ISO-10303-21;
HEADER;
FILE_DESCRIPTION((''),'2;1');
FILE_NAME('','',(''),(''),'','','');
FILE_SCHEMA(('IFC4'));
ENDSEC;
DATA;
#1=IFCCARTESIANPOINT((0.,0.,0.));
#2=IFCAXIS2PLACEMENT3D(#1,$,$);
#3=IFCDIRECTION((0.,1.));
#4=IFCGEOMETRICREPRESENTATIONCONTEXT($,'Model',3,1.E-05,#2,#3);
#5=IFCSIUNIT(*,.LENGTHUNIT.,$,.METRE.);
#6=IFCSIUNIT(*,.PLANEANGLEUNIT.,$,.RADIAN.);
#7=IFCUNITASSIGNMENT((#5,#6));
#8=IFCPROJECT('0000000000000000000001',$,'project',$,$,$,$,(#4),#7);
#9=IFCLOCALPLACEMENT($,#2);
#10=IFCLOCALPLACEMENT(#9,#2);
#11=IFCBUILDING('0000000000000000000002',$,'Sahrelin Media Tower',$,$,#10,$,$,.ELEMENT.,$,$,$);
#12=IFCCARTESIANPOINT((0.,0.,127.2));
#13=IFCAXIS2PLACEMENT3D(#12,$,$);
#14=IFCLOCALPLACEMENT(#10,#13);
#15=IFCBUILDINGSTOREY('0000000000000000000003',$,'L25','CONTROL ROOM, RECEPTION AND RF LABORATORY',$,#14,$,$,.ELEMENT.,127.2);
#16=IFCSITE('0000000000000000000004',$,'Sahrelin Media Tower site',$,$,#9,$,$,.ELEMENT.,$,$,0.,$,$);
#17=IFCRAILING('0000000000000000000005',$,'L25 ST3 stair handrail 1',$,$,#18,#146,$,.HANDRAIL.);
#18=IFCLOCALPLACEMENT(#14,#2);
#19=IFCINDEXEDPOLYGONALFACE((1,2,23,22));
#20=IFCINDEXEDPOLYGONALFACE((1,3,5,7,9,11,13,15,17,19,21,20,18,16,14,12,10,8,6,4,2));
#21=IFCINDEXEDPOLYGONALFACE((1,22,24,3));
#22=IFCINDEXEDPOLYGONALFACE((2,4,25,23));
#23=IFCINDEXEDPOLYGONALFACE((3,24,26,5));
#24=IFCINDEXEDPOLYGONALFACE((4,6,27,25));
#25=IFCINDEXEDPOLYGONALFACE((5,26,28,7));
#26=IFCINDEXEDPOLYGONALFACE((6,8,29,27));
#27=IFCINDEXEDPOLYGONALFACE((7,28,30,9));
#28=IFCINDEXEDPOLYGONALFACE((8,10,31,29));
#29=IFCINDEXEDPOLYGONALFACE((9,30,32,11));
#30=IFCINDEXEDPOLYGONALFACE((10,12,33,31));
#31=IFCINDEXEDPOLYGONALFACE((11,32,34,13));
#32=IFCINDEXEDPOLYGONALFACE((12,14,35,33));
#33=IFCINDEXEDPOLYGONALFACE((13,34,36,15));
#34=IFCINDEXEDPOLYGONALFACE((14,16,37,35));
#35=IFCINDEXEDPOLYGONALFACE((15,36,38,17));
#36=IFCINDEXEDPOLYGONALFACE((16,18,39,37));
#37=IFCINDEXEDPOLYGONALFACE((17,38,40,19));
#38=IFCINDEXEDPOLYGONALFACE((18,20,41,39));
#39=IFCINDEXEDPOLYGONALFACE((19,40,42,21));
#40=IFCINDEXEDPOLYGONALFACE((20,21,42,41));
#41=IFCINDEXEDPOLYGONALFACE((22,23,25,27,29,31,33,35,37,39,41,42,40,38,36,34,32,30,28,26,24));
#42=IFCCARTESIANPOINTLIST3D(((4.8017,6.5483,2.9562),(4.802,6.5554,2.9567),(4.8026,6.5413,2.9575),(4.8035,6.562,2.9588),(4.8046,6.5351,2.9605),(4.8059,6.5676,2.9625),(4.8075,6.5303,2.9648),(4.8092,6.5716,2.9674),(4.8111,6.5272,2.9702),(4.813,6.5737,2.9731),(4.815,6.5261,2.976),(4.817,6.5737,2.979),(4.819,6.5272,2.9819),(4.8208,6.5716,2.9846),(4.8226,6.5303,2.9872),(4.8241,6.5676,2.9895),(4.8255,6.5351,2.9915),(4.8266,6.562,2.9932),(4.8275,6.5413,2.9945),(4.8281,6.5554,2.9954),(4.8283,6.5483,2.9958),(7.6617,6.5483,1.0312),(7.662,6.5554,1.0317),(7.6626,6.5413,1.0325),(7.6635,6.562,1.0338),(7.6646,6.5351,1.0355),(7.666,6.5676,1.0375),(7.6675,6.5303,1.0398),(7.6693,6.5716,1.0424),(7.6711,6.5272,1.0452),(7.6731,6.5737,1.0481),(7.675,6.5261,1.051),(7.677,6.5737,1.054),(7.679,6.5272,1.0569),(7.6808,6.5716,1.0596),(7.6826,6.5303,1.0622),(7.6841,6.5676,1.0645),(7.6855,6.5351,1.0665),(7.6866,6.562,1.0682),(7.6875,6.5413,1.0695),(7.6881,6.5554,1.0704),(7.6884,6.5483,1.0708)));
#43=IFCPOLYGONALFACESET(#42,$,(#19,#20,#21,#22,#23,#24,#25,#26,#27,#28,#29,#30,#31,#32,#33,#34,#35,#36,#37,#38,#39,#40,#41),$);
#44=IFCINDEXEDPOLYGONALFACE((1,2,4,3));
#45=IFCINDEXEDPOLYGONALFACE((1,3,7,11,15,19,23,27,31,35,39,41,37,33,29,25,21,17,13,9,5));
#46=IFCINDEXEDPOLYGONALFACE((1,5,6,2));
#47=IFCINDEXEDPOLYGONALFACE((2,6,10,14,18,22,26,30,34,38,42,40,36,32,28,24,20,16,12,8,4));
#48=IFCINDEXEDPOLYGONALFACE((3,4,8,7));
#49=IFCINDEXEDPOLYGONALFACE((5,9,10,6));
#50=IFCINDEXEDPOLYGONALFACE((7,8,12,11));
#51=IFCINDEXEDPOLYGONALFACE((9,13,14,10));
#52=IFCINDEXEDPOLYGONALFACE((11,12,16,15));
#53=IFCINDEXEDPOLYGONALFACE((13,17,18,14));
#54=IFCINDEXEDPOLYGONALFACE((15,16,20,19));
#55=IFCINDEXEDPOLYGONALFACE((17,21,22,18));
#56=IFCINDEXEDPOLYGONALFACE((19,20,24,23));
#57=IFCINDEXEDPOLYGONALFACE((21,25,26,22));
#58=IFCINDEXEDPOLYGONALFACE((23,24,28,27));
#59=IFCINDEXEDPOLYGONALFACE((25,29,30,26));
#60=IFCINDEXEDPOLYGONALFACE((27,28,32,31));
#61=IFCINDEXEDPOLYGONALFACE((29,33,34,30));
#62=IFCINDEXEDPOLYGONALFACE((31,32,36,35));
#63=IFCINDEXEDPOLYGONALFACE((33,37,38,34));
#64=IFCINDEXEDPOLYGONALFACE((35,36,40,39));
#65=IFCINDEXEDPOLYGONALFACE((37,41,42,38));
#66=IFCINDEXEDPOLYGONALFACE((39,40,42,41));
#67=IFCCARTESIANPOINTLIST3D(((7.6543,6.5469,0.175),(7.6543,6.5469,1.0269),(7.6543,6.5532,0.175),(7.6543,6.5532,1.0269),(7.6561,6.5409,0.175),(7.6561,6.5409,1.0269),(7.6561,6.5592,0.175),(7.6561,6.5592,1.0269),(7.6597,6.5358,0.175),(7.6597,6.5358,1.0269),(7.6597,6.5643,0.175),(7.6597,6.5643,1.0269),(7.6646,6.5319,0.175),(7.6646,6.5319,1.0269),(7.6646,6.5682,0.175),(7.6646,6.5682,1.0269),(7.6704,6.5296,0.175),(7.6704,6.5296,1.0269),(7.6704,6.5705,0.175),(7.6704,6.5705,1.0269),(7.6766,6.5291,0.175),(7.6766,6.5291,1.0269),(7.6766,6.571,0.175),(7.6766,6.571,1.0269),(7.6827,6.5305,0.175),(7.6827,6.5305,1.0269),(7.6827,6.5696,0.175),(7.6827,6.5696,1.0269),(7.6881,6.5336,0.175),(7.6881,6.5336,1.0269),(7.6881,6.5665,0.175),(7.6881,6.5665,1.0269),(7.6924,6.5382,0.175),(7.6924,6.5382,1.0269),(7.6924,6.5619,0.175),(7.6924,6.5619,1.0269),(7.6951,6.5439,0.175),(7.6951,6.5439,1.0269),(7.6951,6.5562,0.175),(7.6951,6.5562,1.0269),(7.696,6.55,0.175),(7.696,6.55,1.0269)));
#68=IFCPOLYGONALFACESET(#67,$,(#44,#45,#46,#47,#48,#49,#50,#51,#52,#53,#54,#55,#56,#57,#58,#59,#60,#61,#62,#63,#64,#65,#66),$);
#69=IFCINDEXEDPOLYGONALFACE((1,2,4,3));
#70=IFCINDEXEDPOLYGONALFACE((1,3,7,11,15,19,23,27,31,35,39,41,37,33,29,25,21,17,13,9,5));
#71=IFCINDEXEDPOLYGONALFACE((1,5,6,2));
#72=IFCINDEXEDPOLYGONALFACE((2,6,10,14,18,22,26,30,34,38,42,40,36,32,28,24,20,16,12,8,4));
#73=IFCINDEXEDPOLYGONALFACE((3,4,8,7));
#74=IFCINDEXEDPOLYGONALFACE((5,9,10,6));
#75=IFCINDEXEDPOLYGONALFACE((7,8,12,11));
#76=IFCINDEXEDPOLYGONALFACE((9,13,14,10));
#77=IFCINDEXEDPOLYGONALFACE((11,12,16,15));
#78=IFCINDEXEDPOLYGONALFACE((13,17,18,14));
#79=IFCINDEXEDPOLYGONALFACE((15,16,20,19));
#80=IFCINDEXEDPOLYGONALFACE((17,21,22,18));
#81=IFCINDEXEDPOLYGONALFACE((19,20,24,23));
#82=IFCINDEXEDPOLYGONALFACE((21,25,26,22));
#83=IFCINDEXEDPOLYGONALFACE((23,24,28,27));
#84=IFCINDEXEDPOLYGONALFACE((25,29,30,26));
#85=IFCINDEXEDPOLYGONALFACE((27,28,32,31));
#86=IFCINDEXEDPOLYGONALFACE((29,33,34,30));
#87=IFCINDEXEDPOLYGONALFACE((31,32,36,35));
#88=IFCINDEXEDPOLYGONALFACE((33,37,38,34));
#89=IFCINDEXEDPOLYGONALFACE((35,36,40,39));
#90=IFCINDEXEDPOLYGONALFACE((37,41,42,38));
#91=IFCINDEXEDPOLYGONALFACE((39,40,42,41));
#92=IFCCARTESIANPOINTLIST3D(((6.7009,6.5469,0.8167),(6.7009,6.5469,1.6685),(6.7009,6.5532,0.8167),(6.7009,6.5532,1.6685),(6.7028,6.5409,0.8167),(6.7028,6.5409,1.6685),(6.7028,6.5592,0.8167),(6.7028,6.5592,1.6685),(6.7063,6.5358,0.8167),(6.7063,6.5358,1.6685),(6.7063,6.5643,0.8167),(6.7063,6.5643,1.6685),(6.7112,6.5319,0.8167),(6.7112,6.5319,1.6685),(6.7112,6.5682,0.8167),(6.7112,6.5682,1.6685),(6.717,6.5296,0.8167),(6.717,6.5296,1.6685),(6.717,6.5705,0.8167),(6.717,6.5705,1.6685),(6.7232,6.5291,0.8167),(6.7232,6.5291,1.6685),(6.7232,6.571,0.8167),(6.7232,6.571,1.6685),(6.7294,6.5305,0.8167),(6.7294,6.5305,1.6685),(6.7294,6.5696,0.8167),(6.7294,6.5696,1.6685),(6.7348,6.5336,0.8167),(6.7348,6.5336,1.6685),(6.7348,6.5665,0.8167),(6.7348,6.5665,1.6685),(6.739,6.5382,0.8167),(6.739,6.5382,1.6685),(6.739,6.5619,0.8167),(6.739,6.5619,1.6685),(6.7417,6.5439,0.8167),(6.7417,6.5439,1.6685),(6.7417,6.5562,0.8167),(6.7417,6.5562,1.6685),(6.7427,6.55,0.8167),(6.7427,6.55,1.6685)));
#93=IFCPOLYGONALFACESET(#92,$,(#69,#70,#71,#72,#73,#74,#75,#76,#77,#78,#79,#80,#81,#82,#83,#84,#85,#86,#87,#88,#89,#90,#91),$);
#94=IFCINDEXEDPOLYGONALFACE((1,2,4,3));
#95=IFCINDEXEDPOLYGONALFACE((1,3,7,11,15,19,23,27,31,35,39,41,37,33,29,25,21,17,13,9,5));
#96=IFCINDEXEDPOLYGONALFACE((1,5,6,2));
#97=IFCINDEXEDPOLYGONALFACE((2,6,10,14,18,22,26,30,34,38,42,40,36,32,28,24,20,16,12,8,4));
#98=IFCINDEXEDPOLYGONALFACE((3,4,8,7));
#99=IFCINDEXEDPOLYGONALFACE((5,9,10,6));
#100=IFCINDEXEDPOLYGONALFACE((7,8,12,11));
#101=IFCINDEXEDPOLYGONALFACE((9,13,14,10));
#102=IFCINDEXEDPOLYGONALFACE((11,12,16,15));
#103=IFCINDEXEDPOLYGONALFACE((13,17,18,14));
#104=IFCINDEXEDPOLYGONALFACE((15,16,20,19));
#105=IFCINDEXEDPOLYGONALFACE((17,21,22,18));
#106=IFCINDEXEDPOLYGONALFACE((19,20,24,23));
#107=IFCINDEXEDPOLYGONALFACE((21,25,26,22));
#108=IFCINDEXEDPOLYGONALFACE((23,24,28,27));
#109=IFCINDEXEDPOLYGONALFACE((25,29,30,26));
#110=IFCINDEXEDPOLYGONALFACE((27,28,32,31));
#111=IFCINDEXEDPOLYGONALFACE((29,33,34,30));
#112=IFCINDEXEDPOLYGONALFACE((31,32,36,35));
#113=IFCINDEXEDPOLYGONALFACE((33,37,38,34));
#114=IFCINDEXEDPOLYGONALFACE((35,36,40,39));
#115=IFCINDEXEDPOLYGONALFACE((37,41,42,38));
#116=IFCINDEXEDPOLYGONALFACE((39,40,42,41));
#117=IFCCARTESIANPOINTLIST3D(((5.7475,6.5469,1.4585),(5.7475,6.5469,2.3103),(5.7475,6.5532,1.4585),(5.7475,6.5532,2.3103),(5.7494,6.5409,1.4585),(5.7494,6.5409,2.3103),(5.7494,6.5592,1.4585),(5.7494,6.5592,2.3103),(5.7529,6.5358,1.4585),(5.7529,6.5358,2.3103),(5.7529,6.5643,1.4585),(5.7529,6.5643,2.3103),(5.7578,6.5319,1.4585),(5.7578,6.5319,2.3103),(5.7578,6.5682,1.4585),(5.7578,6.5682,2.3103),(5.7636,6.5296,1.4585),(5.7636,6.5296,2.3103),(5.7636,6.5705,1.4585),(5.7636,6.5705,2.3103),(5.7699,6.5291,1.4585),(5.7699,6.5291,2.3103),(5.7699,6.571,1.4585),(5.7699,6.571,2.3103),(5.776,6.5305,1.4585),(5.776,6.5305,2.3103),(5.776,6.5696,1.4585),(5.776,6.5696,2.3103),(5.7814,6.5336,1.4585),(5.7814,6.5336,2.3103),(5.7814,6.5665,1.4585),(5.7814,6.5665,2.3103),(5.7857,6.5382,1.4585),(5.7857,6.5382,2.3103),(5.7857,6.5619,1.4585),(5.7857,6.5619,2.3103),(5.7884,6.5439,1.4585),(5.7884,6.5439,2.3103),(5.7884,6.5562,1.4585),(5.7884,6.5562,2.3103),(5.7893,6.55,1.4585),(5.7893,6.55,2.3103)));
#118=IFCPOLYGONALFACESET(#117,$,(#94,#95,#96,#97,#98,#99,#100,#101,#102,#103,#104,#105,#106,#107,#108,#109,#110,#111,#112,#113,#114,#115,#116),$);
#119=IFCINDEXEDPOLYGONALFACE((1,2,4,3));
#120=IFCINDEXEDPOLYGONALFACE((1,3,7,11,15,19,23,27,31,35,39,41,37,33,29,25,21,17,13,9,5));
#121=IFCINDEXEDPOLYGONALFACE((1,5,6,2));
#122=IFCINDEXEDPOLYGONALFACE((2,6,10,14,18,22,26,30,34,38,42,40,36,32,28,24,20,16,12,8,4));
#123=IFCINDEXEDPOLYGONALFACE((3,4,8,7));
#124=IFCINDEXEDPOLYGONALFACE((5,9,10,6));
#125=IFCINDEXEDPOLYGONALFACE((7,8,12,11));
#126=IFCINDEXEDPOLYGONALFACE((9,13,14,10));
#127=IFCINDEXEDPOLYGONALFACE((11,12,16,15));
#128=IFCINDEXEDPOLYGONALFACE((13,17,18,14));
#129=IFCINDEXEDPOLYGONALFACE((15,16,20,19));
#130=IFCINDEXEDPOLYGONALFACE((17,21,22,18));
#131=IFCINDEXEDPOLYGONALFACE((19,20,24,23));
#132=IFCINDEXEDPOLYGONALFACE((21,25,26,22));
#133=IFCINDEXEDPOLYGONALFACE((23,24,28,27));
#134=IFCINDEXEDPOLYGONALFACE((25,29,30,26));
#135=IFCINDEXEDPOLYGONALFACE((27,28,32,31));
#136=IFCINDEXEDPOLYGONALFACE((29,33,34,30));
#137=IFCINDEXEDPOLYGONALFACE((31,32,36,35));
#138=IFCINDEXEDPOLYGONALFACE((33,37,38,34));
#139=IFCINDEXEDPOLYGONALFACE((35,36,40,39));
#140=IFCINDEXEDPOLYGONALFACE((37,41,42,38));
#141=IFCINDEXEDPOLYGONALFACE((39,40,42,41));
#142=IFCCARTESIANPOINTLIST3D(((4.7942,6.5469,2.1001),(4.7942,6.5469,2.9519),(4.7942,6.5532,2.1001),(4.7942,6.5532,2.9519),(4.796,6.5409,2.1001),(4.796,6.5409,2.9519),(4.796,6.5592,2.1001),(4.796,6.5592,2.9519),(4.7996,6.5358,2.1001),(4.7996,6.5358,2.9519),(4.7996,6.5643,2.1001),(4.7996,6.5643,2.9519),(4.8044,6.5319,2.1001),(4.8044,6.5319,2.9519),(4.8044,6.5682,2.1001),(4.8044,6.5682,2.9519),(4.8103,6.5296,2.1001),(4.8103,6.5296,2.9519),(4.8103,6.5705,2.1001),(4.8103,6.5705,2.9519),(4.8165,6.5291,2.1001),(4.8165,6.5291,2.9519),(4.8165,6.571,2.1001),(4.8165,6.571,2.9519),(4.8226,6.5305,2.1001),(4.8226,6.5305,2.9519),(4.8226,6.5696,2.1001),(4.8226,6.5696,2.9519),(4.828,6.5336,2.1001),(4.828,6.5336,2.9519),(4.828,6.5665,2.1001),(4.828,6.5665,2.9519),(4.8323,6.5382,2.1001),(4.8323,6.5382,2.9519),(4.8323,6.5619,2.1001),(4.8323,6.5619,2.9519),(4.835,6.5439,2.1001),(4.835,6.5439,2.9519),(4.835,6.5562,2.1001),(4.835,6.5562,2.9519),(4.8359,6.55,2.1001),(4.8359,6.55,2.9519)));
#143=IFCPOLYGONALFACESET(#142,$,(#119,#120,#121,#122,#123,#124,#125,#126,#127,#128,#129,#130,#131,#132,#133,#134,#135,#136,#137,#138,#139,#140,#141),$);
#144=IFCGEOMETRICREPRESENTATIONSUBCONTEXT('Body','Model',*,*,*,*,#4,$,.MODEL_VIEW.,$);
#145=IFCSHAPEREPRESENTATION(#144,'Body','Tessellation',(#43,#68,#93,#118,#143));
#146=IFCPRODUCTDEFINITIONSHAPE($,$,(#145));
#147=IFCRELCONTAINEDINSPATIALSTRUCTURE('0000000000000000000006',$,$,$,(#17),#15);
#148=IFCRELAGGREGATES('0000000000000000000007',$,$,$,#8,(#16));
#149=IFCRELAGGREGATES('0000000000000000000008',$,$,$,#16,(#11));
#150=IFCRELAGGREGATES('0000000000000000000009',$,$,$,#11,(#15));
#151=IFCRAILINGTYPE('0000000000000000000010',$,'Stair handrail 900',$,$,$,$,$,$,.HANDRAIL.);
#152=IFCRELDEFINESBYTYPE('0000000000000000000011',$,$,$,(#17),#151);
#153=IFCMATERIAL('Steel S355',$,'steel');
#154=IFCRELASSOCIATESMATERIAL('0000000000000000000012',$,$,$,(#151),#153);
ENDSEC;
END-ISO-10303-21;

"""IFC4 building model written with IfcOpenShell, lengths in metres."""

from ifc_helpers import new_model, si_unit, direction, frame, origin, origin_2d, place, context, subcontext, project, spatial, circle, extrude, material, type_object, element, save


model = new_model("IFC4")

# Units and contexts
model_context = context("Model", 3, precision=1e-05, world=origin(), true_north=direction((0.0, 1.0)))
body_context = subcontext(model_context, "Body", "Model", "MODEL_VIEW")
ifc_project = project(units=[si_unit("LENGTHUNIT", "METRE"), si_unit("PLANEANGLEUNIT", "RADIAN")], contexts=[model_context])

# Site, building, storey
site_placement = place(None, origin())
site = spatial("IfcSite", under=ifc_project, at=site_placement, Name="Sahrelin Media Tower site", CompositionType="ELEMENT", RefElevation=0.0)
building_placement = place(site_placement, origin())
building = spatial("IfcBuilding", under=site, at=building_placement, Name="Sahrelin Media Tower", CompositionType="ELEMENT")
storey_placement = place(building_placement, frame((0.0, 0.0, 127.2)))
storey = spatial("IfcBuildingStorey", under=building, at=storey_placement, Name="L25", Description="CONTROL ROOM, RECEPTION AND RF LABORATORY", CompositionType="ELEMENT", Elevation=127.2)

# Shared definitions
ifc_material_1 = material(Name="Steel S355", Category="steel")

# Railing
railing_type_1 = type_object("IfcRailingType", Name="Stair handrail 900", PredefinedType="HANDRAIL", material=ifc_material_1)
railing_1_placement = place(storey_placement, frame((7.675, 6.55, 0.175)))
element("IfcRailing", 1, at=railing_1_placement, inside=storey, type_object=railing_type_1, Name="L25 ST3 stair handrail 1", PredefinedType="HANDRAIL", context=body_context, shape_type="SweptSolid", body=[
    extrude(circle(Radius=0.0239, at=origin_2d()), frame((0.0, 0.0, 0.876), z_axis=(-0.829591, 0.0, 0.558372), x_axis=(0.0, -1.0, 0.0)), (0.0, 0.0, 1.0), 3.4475),
    extrude(circle(Radius=0.021, at=origin_2d()), origin(), (0.0, 0.0, 1.0), 0.8518),
    extrude(circle(Radius=0.021, at=origin_2d()), frame((-0.9534, 0.0, 0.6416)), (0.0, 0.0, 1.0), 0.8518),
    extrude(circle(Radius=0.021, at=origin_2d()), frame((-1.9067, 0.0, 1.2834)), (0.0, 0.0, 1.0), 0.8518),
    extrude(circle(Radius=0.021, at=origin_2d()), frame((-2.8601, 0.0, 1.925)), (0.0, 0.0, 1.0), 0.8518),
])

save(model, "model.ifc")
